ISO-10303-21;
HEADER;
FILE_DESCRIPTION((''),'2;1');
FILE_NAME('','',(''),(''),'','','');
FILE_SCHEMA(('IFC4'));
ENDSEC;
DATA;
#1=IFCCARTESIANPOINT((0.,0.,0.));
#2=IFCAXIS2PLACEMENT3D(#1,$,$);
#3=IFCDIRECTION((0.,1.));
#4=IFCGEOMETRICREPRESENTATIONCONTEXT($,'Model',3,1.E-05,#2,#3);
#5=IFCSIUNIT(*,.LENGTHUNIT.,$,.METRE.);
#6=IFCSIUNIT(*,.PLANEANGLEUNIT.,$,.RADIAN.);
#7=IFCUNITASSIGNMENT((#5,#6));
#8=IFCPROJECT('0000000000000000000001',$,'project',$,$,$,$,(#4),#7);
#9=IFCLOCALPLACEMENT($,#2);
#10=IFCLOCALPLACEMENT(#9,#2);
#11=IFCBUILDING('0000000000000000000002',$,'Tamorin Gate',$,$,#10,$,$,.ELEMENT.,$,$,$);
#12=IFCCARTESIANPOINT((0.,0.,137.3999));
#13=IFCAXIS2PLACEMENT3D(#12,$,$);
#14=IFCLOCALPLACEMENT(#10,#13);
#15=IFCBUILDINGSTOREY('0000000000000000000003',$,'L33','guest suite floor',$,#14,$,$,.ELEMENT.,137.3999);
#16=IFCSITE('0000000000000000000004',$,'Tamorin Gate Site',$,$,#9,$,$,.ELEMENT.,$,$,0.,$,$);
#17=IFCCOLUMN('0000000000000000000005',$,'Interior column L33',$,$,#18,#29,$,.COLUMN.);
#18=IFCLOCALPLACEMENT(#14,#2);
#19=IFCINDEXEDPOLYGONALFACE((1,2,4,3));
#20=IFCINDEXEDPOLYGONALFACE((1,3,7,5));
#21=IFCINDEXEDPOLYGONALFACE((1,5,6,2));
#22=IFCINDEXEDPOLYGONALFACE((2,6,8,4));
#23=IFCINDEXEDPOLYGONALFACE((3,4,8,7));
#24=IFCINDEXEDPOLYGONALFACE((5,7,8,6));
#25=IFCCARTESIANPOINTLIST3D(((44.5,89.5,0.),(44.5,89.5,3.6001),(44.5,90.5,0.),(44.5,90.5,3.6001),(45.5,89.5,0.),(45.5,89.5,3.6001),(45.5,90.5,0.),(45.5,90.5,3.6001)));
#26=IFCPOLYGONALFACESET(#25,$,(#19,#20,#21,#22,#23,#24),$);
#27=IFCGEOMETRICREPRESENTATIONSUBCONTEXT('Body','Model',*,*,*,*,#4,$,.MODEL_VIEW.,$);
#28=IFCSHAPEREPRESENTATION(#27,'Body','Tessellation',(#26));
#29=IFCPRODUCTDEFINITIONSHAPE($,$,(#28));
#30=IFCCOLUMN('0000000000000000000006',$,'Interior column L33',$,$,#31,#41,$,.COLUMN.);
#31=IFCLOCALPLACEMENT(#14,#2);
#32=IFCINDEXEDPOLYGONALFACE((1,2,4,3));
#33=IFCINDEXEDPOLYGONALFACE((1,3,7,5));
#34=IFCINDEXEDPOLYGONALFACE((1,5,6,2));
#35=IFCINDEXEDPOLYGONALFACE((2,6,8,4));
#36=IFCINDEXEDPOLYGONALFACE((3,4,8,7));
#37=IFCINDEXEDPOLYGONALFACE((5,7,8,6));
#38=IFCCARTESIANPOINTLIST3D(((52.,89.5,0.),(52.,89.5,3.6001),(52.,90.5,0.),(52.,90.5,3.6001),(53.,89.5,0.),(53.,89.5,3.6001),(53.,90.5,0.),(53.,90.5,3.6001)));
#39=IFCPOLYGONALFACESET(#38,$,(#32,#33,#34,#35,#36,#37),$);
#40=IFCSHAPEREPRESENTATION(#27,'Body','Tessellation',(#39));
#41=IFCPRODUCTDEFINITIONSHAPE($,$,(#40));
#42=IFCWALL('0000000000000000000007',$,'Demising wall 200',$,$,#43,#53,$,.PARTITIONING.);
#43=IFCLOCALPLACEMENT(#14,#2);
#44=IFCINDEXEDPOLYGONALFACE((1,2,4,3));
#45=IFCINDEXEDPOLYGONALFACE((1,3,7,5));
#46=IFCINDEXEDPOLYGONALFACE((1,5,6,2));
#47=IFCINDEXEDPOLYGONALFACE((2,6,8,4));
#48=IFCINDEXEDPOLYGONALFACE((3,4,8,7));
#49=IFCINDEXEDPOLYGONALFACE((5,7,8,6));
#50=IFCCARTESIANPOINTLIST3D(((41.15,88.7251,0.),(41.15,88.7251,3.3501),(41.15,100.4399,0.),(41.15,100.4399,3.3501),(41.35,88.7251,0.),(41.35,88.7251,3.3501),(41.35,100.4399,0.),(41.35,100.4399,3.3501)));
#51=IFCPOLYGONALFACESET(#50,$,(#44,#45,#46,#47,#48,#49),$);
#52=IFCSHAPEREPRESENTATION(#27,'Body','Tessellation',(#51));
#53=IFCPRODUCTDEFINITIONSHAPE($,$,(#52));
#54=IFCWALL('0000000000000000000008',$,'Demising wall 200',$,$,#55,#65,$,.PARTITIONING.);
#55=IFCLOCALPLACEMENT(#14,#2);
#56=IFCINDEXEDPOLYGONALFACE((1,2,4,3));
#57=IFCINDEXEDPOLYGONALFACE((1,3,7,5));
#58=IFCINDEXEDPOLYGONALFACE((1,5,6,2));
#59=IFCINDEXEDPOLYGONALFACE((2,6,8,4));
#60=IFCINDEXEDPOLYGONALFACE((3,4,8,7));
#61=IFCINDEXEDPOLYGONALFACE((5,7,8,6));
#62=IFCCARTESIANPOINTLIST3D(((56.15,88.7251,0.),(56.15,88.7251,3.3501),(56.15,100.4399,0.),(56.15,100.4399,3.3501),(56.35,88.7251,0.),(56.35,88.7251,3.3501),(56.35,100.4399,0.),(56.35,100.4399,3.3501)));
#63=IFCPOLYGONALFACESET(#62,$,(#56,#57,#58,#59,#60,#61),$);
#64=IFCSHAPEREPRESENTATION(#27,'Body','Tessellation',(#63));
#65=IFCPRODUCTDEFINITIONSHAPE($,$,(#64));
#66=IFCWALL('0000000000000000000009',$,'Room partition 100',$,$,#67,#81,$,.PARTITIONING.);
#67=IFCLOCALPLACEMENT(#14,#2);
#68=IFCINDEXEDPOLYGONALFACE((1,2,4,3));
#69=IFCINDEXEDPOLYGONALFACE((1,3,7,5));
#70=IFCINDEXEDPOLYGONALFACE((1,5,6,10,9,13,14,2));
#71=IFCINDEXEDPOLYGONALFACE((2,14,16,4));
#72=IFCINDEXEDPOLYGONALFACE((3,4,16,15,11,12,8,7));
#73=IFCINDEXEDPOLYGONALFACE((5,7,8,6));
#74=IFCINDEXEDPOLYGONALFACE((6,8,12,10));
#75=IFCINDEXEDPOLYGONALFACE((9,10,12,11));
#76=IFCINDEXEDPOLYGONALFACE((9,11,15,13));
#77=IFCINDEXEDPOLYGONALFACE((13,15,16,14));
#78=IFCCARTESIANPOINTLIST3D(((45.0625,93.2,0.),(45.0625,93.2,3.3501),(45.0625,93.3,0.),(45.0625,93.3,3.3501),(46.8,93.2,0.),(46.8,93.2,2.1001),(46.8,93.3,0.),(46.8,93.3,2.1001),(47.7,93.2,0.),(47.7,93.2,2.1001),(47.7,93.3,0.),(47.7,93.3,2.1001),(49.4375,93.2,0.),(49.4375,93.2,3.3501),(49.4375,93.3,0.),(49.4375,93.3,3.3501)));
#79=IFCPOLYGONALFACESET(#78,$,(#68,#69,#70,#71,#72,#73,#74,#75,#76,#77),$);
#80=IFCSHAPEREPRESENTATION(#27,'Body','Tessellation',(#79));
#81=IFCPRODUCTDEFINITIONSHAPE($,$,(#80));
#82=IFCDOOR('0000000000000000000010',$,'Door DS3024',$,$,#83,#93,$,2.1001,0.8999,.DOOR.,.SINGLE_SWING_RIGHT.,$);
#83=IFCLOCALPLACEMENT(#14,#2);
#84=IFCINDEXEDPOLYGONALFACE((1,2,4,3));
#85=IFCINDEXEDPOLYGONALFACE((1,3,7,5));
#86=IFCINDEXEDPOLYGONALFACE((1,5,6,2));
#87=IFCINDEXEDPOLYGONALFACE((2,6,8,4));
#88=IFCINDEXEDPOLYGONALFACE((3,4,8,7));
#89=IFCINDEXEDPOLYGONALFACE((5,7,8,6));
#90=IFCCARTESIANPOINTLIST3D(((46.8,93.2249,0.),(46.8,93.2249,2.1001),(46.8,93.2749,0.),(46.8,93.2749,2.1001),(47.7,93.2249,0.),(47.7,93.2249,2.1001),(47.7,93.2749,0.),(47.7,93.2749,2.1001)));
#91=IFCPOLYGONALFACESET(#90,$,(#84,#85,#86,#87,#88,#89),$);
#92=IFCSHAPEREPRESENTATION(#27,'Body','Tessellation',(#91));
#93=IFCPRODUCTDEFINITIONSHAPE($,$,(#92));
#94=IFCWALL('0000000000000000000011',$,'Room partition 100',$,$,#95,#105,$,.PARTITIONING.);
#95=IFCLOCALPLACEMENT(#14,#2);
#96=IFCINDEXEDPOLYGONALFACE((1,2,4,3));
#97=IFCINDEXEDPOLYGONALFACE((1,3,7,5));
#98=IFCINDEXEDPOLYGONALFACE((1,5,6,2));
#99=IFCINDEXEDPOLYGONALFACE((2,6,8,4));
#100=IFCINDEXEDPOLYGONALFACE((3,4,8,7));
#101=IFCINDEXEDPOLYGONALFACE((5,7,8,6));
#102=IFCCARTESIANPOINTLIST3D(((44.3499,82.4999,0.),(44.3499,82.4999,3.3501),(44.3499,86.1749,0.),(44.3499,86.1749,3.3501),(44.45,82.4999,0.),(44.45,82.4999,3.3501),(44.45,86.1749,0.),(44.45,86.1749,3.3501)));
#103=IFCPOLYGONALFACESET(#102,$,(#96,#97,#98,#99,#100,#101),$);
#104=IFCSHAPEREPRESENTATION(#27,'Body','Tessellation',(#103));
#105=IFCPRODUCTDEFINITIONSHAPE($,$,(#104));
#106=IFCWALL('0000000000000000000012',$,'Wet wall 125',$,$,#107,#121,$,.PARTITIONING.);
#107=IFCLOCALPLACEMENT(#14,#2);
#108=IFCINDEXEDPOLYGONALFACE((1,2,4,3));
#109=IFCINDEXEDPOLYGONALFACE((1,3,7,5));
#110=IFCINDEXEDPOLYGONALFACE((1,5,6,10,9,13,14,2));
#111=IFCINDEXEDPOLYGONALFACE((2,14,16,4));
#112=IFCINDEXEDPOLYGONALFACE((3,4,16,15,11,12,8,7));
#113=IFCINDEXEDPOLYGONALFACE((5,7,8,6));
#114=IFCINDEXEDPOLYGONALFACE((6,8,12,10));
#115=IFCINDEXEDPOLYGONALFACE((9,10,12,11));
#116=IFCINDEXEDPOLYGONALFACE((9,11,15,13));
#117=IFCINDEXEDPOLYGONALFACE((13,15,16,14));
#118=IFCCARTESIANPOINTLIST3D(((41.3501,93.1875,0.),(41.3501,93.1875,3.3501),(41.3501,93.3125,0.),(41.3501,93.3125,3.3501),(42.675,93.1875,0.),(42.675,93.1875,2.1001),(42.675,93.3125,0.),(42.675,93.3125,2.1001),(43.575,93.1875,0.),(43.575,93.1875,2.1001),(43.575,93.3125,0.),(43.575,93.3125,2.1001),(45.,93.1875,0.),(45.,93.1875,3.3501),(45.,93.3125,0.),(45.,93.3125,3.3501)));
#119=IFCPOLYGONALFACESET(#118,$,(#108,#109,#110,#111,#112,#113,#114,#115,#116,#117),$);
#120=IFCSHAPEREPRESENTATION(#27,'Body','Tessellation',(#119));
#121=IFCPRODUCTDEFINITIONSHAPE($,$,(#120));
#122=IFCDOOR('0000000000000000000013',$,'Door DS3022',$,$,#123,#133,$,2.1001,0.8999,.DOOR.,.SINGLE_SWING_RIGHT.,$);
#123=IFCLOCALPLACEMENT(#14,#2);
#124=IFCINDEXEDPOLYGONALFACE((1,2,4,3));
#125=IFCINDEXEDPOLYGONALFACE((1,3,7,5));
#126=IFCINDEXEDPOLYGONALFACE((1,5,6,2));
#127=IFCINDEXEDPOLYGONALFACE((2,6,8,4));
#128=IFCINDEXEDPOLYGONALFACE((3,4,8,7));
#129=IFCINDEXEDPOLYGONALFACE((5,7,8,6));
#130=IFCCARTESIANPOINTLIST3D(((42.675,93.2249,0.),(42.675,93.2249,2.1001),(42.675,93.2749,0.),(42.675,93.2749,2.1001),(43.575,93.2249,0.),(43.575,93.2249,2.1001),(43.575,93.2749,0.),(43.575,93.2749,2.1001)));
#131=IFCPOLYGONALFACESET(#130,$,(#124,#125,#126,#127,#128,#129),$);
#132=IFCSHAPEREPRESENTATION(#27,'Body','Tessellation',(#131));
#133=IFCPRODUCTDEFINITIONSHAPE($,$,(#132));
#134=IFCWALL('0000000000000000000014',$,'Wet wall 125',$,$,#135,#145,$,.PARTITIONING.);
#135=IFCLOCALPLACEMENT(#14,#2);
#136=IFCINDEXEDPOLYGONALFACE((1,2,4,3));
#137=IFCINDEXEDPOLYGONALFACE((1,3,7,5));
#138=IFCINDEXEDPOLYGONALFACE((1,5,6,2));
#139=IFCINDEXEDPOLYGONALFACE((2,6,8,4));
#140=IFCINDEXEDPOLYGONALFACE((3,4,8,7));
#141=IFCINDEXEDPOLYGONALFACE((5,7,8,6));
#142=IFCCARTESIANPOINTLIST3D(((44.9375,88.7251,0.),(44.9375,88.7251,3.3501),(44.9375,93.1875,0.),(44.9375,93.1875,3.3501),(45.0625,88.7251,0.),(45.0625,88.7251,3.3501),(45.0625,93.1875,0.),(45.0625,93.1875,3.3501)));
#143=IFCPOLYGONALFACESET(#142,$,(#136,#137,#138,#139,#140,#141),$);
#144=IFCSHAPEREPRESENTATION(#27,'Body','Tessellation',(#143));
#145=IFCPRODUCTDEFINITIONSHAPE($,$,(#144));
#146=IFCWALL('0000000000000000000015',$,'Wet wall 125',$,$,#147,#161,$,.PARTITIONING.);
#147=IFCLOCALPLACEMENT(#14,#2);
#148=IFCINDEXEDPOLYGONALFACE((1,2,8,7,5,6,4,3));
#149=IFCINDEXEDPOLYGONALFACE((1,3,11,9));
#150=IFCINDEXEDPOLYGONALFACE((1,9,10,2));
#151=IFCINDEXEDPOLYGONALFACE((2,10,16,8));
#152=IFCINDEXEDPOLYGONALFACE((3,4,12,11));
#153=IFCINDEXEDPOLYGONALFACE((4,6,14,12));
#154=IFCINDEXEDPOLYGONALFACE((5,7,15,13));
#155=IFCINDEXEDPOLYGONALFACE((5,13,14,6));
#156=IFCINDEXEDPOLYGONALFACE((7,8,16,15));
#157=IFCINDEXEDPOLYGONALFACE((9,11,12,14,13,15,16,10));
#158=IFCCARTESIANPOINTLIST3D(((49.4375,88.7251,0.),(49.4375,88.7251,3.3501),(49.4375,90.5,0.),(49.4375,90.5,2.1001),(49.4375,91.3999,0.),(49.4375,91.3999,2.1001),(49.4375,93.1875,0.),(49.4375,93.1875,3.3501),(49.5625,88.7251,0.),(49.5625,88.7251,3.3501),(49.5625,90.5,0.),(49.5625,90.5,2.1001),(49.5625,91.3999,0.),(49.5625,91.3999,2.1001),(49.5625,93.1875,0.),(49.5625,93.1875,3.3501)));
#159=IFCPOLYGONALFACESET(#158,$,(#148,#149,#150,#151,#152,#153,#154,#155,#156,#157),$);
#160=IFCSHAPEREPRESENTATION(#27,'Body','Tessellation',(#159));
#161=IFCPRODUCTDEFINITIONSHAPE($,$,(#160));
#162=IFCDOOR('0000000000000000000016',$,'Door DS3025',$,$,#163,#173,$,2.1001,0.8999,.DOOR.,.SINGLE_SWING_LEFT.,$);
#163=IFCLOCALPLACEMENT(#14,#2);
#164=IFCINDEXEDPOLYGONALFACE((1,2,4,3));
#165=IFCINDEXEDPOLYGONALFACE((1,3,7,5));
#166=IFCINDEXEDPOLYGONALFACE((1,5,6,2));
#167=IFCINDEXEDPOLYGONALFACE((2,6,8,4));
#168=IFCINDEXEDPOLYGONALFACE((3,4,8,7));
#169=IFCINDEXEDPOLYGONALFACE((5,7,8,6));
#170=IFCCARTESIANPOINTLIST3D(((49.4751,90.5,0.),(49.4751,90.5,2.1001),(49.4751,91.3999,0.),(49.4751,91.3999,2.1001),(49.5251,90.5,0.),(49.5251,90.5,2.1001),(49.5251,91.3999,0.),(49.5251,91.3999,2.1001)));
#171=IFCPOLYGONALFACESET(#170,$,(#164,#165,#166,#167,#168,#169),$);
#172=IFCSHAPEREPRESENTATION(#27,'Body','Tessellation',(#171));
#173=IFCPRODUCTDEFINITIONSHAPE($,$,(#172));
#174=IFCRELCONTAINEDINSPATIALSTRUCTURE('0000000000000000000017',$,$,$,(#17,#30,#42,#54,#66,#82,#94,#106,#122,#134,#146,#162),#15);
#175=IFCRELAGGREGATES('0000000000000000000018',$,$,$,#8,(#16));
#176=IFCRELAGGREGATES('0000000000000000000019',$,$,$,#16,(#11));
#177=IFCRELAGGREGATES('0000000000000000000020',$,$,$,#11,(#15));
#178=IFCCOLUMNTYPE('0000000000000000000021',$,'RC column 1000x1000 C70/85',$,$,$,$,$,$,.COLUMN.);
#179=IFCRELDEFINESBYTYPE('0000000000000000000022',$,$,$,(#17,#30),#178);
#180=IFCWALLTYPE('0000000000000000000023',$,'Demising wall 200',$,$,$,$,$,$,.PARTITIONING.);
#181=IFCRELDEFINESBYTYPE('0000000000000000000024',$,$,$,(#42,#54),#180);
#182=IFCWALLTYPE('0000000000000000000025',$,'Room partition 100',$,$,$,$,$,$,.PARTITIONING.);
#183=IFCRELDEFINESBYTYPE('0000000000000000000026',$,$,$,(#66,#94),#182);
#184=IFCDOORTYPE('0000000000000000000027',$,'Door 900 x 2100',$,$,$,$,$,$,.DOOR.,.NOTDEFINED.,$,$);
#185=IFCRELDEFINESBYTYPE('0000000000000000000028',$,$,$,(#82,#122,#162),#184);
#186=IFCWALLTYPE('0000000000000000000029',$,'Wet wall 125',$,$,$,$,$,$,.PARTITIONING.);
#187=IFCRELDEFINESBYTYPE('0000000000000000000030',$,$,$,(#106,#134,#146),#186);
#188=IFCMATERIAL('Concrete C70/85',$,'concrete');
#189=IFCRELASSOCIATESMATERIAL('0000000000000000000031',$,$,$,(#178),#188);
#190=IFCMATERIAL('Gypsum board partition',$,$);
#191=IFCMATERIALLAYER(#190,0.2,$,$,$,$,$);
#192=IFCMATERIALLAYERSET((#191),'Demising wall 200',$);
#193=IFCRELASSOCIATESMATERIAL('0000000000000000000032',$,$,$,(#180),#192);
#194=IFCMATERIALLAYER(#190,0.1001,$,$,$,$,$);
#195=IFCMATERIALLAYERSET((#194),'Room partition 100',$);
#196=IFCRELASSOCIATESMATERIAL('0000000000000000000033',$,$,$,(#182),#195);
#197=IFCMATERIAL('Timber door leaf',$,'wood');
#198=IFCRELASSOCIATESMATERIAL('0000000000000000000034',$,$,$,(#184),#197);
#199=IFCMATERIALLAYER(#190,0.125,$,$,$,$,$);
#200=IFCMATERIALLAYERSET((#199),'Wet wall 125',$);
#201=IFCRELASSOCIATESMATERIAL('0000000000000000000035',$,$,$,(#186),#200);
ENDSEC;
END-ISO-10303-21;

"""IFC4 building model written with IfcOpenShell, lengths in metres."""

from ifc_helpers import new_model, si_unit, direction, frame, frame_2d, origin, origin_2d, place, context, subcontext, project, spatial, rectangle, extrude, material, layer, layer_set, material_profile, profile_set, type_object, element, fill, save


model = new_model("IFC4")

# Units and contexts
model_context = context("Model", 3, precision=1e-05, world=origin(), true_north=direction((0.0, 1.0)))
body_context = subcontext(model_context, "Body", "Model", "MODEL_VIEW")
ifc_project = project(units=[si_unit("LENGTHUNIT", "METRE"), si_unit("PLANEANGLEUNIT", "RADIAN")], contexts=[model_context])

# Site, building, storey
site_placement = place(None, origin())
site = spatial("IfcSite", under=ifc_project, at=site_placement, Name="Tamorin Gate Site", CompositionType="ELEMENT", RefElevation=0.0)
building_placement = place(site_placement, origin())
building = spatial("IfcBuilding", under=site, at=building_placement, Name="Tamorin Gate", CompositionType="ELEMENT")
storey_placement = place(building_placement, frame((0.0, 0.0, 137.3999)))
storey = spatial("IfcBuildingStorey", under=building, at=storey_placement, Name="L33", Description="guest suite floor", CompositionType="ELEMENT", Elevation=137.3999)

# Columns
ifc_material_1 = material(Name="Concrete C70/85", Category="concrete")
ifc_material_profile = material_profile(ifc_material_1, rectangle(XDim=1.0, YDim=1.0, at=origin_2d()), Name="RC 1000x1000")
ifc_profile_set = profile_set([ifc_material_profile], Name="Concrete C70/85")
column_type = type_object("IfcColumnType", Name="RC column 1000x1000 C70/85", PredefinedType="COLUMN", material=ifc_profile_set)
for number, where, z_axis, x_axis, name in (
    (1, (45.0, 90.0, 0.0), (0.0, 0.0, 1.0), (1.0, 0.0, 0.0), "Interior column L33"),
    (2, (52.5, 90.0, 0.0), (0.0, 0.0, 1.0), (1.0, 0.0, 0.0), "Interior column L33"),
):
    element("IfcColumn", number, at=place(storey_placement, frame(where, z_axis=z_axis, x_axis=x_axis)), inside=storey, type_object=column_type, Name=name, PredefinedType="COLUMN", context=body_context, shape_type="SweptSolid", body=[
        extrude(rectangle(XDim=1.0, YDim=1.0, at=origin_2d()), origin(), (0.0, 0.0, 1.0), 3.6001),
    ])

# Walls
ifc_material_2 = material(Name="Gypsum board partition")
ifc_layer_1 = layer(ifc_material_2, 0.2)
ifc_layer_set_1 = layer_set([ifc_layer_1], Name="Demising wall 200")
wall_type_1 = type_object("IfcWallType", Name="Demising wall 200", PredefinedType="PARTITIONING", material=ifc_layer_set_1)
for number, where, z_axis, x_axis, name in (
    (3, (41.25, 88.7251, 0.0), (0.0, 0.0, 1.0), (0.0, 1.0, 0.0), "Demising wall 200"),
    (4, (56.25, 88.7251, 0.0), (0.0, 0.0, 1.0), (0.0, 1.0, 0.0), "Demising wall 200"),
):
    element("IfcWall", number, at=place(storey_placement, frame(where, z_axis=z_axis, x_axis=x_axis)), inside=storey, type_object=wall_type_1, Name=name, PredefinedType="PARTITIONING", context=body_context, shape_type="SweptSolid", body=[
        extrude(rectangle(XDim=11.7148, YDim=0.2, at=frame_2d((5.8574, 0.0))), origin(), (0.0, 0.0, 1.0), 3.3501),
    ])

# Wall, opening, door
ifc_layer_2 = layer(ifc_material_2, 0.1001)
ifc_layer_set_2 = layer_set([ifc_layer_2], Name="Room partition 100")
wall_type_2 = type_object("IfcWallType", Name="Room partition 100", PredefinedType="PARTITIONING", material=ifc_layer_set_2)
wall_1_placement = place(storey_placement, frame((45.0625, 93.25, 0.0), z_axis=(0.0, 0.0, 1.0), x_axis=(1.0, 0.0, 0.0)))
wall_1 = element("IfcWall", 5, at=wall_1_placement, inside=storey, type_object=wall_type_2, Name="Room partition 100", PredefinedType="PARTITIONING", context=body_context, shape_type="SweptSolid", body=[
    extrude(rectangle(XDim=4.375, YDim=0.1001, at=frame_2d((2.1875, 0.0))), origin(), (0.0, 0.0, 1.0), 3.3501),
])
opening_1_placement = place(wall_1_placement, frame((1.7375, 0.0, 0.0)))
opening_1 = element("IfcOpeningElement", 6, at=opening_1_placement, cuts=wall_1, PredefinedType="OPENING", context=body_context, shape_type="SweptSolid", body=[
    extrude(rectangle(XDim=0.8999, YDim=2.1001, at=frame_2d((0.45, 1.05))), frame((0.0, 0.0601, 0.0), z_axis=(0.0, -1.0, 0.0), x_axis=(1.0, 0.0, 0.0)), (0.0, 0.0, 1.0), 0.1201),
])
ifc_material_3 = material(Name="Timber door leaf", Category="wood")
door_type = type_object("IfcDoorType", Name="Door 900 x 2100", OperationType="NOTDEFINED", PredefinedType="DOOR", material=ifc_material_3)
door_1_placement = place(opening_1_placement, origin())
door_1 = element("IfcDoor", 7, at=door_1_placement, inside=storey, type_object=door_type, Name="Door DS3024", OperationType="SINGLE_SWING_RIGHT", OverallHeight=2.1001, OverallWidth=0.8999, PredefinedType="DOOR", context=body_context, shape_type="SweptSolid", body=[
    extrude(rectangle(XDim=0.8999, YDim=2.1001, at=frame_2d((0.45, 1.05))), frame((0.0, 0.0249, 0.0), z_axis=(0.0, -1.0, 0.0), x_axis=(1.0, 0.0, 0.0)), (0.0, 0.0, 1.0), 0.05),
])
fill(opening_1, door_1)

# Wall
wall_2_placement = place(storey_placement, frame((44.3999, 82.5, 0.0), z_axis=(0.0, 0.0, 1.0), x_axis=(0.0, 1.0, 0.0)))
element("IfcWall", 8, at=wall_2_placement, inside=storey, type_object=wall_type_2, Name="Room partition 100", PredefinedType="PARTITIONING", context=body_context, shape_type="SweptSolid", body=[
    extrude(rectangle(XDim=3.675, YDim=0.1001, at=frame_2d((1.8374, 0.0))), origin(), (0.0, 0.0, 1.0), 3.3501),
])

# Wall, opening, door
ifc_layer_3 = layer(ifc_material_2, 0.125)
ifc_layer_set_3 = layer_set([ifc_layer_3], Name="Wet wall 125")
wall_type_3 = type_object("IfcWallType", Name="Wet wall 125", PredefinedType="PARTITIONING", material=ifc_layer_set_3)
wall_3_placement = place(storey_placement, frame((41.3501, 93.25, 0.0), z_axis=(0.0, 0.0, 1.0), x_axis=(1.0, 0.0, 0.0)))
wall_3 = element("IfcWall", 9, at=wall_3_placement, inside=storey, type_object=wall_type_3, Name="Wet wall 125", PredefinedType="PARTITIONING", context=body_context, shape_type="SweptSolid", body=[
    extrude(rectangle(XDim=3.6499, YDim=0.125, at=frame_2d((1.825, 0.0))), origin(), (0.0, 0.0, 1.0), 3.3501),
])
opening_2_placement = place(wall_3_placement, frame((1.325, 0.0, 0.0)))
opening_2 = element("IfcOpeningElement", 10, at=opening_2_placement, cuts=wall_3, PredefinedType="OPENING", context=body_context, shape_type="SweptSolid", body=[
    extrude(rectangle(XDim=0.8999, YDim=2.1001, at=frame_2d((0.45, 1.05))), frame((0.0, 0.0725, 0.0), z_axis=(0.0, -1.0, 0.0), x_axis=(1.0, 0.0, 0.0)), (0.0, 0.0, 1.0), 0.145),
])
door_2_placement = place(opening_2_placement, origin())
door_2 = element("IfcDoor", 11, at=door_2_placement, inside=storey, type_object=door_type, Name="Door DS3022", OperationType="SINGLE_SWING_RIGHT", OverallHeight=2.1001, OverallWidth=0.8999, PredefinedType="DOOR", context=body_context, shape_type="SweptSolid", body=[
    extrude(rectangle(XDim=0.8999, YDim=2.1001, at=frame_2d((0.45, 1.05))), frame((0.0, 0.0249, 0.0), z_axis=(0.0, -1.0, 0.0), x_axis=(1.0, 0.0, 0.0)), (0.0, 0.0, 1.0), 0.05),
])
fill(opening_2, door_2)

# Wall
wall_4_placement = place(storey_placement, frame((45.0, 88.7251, 0.0), z_axis=(0.0, 0.0, 1.0), x_axis=(0.0, 1.0, 0.0)))
element("IfcWall", 12, at=wall_4_placement, inside=storey, type_object=wall_type_3, Name="Wet wall 125", PredefinedType="PARTITIONING", context=body_context, shape_type="SweptSolid", body=[
    extrude(rectangle(XDim=4.4624, YDim=0.125, at=frame_2d((2.2312, 0.0))), origin(), (0.0, 0.0, 1.0), 3.3501),
])

# Wall, opening, door
wall_5_placement = place(storey_placement, frame((49.5, 88.7251, 0.0), z_axis=(0.0, 0.0, 1.0), x_axis=(0.0, 1.0, 0.0)))
wall_5 = element("IfcWall", 13, at=wall_5_placement, inside=storey, type_object=wall_type_3, Name="Wet wall 125", PredefinedType="PARTITIONING", context=body_context, shape_type="SweptSolid", body=[
    extrude(rectangle(XDim=4.4624, YDim=0.125, at=frame_2d((2.2312, 0.0))), origin(), (0.0, 0.0, 1.0), 3.3501),
])
opening_3_placement = place(wall_5_placement, frame((1.7749, 0.0, 0.0)))
opening_3 = element("IfcOpeningElement", 14, at=opening_3_placement, cuts=wall_5, PredefinedType="OPENING", context=body_context, shape_type="SweptSolid", body=[
    extrude(rectangle(XDim=0.8999, YDim=2.1001, at=frame_2d((0.45, 1.05))), frame((0.0, 0.0725, 0.0), z_axis=(0.0, -1.0, 0.0), x_axis=(1.0, 0.0, 0.0)), (0.0, 0.0, 1.0), 0.145),
])
door_3_placement = place(opening_3_placement, origin())
door_3 = element("IfcDoor", 15, at=door_3_placement, inside=storey, type_object=door_type, Name="Door DS3025", OperationType="SINGLE_SWING_LEFT", OverallHeight=2.1001, OverallWidth=0.8999, PredefinedType="DOOR", context=body_context, shape_type="SweptSolid", body=[
    extrude(rectangle(XDim=0.8999, YDim=2.1001, at=frame_2d((0.45, 1.05))), frame((0.0, 0.0249, 0.0), z_axis=(0.0, -1.0, 0.0), x_axis=(1.0, 0.0, 0.0)), (0.0, 0.0, 1.0), 0.05),
])
fill(opening_3, door_3)

save(model, "model.ifc")
